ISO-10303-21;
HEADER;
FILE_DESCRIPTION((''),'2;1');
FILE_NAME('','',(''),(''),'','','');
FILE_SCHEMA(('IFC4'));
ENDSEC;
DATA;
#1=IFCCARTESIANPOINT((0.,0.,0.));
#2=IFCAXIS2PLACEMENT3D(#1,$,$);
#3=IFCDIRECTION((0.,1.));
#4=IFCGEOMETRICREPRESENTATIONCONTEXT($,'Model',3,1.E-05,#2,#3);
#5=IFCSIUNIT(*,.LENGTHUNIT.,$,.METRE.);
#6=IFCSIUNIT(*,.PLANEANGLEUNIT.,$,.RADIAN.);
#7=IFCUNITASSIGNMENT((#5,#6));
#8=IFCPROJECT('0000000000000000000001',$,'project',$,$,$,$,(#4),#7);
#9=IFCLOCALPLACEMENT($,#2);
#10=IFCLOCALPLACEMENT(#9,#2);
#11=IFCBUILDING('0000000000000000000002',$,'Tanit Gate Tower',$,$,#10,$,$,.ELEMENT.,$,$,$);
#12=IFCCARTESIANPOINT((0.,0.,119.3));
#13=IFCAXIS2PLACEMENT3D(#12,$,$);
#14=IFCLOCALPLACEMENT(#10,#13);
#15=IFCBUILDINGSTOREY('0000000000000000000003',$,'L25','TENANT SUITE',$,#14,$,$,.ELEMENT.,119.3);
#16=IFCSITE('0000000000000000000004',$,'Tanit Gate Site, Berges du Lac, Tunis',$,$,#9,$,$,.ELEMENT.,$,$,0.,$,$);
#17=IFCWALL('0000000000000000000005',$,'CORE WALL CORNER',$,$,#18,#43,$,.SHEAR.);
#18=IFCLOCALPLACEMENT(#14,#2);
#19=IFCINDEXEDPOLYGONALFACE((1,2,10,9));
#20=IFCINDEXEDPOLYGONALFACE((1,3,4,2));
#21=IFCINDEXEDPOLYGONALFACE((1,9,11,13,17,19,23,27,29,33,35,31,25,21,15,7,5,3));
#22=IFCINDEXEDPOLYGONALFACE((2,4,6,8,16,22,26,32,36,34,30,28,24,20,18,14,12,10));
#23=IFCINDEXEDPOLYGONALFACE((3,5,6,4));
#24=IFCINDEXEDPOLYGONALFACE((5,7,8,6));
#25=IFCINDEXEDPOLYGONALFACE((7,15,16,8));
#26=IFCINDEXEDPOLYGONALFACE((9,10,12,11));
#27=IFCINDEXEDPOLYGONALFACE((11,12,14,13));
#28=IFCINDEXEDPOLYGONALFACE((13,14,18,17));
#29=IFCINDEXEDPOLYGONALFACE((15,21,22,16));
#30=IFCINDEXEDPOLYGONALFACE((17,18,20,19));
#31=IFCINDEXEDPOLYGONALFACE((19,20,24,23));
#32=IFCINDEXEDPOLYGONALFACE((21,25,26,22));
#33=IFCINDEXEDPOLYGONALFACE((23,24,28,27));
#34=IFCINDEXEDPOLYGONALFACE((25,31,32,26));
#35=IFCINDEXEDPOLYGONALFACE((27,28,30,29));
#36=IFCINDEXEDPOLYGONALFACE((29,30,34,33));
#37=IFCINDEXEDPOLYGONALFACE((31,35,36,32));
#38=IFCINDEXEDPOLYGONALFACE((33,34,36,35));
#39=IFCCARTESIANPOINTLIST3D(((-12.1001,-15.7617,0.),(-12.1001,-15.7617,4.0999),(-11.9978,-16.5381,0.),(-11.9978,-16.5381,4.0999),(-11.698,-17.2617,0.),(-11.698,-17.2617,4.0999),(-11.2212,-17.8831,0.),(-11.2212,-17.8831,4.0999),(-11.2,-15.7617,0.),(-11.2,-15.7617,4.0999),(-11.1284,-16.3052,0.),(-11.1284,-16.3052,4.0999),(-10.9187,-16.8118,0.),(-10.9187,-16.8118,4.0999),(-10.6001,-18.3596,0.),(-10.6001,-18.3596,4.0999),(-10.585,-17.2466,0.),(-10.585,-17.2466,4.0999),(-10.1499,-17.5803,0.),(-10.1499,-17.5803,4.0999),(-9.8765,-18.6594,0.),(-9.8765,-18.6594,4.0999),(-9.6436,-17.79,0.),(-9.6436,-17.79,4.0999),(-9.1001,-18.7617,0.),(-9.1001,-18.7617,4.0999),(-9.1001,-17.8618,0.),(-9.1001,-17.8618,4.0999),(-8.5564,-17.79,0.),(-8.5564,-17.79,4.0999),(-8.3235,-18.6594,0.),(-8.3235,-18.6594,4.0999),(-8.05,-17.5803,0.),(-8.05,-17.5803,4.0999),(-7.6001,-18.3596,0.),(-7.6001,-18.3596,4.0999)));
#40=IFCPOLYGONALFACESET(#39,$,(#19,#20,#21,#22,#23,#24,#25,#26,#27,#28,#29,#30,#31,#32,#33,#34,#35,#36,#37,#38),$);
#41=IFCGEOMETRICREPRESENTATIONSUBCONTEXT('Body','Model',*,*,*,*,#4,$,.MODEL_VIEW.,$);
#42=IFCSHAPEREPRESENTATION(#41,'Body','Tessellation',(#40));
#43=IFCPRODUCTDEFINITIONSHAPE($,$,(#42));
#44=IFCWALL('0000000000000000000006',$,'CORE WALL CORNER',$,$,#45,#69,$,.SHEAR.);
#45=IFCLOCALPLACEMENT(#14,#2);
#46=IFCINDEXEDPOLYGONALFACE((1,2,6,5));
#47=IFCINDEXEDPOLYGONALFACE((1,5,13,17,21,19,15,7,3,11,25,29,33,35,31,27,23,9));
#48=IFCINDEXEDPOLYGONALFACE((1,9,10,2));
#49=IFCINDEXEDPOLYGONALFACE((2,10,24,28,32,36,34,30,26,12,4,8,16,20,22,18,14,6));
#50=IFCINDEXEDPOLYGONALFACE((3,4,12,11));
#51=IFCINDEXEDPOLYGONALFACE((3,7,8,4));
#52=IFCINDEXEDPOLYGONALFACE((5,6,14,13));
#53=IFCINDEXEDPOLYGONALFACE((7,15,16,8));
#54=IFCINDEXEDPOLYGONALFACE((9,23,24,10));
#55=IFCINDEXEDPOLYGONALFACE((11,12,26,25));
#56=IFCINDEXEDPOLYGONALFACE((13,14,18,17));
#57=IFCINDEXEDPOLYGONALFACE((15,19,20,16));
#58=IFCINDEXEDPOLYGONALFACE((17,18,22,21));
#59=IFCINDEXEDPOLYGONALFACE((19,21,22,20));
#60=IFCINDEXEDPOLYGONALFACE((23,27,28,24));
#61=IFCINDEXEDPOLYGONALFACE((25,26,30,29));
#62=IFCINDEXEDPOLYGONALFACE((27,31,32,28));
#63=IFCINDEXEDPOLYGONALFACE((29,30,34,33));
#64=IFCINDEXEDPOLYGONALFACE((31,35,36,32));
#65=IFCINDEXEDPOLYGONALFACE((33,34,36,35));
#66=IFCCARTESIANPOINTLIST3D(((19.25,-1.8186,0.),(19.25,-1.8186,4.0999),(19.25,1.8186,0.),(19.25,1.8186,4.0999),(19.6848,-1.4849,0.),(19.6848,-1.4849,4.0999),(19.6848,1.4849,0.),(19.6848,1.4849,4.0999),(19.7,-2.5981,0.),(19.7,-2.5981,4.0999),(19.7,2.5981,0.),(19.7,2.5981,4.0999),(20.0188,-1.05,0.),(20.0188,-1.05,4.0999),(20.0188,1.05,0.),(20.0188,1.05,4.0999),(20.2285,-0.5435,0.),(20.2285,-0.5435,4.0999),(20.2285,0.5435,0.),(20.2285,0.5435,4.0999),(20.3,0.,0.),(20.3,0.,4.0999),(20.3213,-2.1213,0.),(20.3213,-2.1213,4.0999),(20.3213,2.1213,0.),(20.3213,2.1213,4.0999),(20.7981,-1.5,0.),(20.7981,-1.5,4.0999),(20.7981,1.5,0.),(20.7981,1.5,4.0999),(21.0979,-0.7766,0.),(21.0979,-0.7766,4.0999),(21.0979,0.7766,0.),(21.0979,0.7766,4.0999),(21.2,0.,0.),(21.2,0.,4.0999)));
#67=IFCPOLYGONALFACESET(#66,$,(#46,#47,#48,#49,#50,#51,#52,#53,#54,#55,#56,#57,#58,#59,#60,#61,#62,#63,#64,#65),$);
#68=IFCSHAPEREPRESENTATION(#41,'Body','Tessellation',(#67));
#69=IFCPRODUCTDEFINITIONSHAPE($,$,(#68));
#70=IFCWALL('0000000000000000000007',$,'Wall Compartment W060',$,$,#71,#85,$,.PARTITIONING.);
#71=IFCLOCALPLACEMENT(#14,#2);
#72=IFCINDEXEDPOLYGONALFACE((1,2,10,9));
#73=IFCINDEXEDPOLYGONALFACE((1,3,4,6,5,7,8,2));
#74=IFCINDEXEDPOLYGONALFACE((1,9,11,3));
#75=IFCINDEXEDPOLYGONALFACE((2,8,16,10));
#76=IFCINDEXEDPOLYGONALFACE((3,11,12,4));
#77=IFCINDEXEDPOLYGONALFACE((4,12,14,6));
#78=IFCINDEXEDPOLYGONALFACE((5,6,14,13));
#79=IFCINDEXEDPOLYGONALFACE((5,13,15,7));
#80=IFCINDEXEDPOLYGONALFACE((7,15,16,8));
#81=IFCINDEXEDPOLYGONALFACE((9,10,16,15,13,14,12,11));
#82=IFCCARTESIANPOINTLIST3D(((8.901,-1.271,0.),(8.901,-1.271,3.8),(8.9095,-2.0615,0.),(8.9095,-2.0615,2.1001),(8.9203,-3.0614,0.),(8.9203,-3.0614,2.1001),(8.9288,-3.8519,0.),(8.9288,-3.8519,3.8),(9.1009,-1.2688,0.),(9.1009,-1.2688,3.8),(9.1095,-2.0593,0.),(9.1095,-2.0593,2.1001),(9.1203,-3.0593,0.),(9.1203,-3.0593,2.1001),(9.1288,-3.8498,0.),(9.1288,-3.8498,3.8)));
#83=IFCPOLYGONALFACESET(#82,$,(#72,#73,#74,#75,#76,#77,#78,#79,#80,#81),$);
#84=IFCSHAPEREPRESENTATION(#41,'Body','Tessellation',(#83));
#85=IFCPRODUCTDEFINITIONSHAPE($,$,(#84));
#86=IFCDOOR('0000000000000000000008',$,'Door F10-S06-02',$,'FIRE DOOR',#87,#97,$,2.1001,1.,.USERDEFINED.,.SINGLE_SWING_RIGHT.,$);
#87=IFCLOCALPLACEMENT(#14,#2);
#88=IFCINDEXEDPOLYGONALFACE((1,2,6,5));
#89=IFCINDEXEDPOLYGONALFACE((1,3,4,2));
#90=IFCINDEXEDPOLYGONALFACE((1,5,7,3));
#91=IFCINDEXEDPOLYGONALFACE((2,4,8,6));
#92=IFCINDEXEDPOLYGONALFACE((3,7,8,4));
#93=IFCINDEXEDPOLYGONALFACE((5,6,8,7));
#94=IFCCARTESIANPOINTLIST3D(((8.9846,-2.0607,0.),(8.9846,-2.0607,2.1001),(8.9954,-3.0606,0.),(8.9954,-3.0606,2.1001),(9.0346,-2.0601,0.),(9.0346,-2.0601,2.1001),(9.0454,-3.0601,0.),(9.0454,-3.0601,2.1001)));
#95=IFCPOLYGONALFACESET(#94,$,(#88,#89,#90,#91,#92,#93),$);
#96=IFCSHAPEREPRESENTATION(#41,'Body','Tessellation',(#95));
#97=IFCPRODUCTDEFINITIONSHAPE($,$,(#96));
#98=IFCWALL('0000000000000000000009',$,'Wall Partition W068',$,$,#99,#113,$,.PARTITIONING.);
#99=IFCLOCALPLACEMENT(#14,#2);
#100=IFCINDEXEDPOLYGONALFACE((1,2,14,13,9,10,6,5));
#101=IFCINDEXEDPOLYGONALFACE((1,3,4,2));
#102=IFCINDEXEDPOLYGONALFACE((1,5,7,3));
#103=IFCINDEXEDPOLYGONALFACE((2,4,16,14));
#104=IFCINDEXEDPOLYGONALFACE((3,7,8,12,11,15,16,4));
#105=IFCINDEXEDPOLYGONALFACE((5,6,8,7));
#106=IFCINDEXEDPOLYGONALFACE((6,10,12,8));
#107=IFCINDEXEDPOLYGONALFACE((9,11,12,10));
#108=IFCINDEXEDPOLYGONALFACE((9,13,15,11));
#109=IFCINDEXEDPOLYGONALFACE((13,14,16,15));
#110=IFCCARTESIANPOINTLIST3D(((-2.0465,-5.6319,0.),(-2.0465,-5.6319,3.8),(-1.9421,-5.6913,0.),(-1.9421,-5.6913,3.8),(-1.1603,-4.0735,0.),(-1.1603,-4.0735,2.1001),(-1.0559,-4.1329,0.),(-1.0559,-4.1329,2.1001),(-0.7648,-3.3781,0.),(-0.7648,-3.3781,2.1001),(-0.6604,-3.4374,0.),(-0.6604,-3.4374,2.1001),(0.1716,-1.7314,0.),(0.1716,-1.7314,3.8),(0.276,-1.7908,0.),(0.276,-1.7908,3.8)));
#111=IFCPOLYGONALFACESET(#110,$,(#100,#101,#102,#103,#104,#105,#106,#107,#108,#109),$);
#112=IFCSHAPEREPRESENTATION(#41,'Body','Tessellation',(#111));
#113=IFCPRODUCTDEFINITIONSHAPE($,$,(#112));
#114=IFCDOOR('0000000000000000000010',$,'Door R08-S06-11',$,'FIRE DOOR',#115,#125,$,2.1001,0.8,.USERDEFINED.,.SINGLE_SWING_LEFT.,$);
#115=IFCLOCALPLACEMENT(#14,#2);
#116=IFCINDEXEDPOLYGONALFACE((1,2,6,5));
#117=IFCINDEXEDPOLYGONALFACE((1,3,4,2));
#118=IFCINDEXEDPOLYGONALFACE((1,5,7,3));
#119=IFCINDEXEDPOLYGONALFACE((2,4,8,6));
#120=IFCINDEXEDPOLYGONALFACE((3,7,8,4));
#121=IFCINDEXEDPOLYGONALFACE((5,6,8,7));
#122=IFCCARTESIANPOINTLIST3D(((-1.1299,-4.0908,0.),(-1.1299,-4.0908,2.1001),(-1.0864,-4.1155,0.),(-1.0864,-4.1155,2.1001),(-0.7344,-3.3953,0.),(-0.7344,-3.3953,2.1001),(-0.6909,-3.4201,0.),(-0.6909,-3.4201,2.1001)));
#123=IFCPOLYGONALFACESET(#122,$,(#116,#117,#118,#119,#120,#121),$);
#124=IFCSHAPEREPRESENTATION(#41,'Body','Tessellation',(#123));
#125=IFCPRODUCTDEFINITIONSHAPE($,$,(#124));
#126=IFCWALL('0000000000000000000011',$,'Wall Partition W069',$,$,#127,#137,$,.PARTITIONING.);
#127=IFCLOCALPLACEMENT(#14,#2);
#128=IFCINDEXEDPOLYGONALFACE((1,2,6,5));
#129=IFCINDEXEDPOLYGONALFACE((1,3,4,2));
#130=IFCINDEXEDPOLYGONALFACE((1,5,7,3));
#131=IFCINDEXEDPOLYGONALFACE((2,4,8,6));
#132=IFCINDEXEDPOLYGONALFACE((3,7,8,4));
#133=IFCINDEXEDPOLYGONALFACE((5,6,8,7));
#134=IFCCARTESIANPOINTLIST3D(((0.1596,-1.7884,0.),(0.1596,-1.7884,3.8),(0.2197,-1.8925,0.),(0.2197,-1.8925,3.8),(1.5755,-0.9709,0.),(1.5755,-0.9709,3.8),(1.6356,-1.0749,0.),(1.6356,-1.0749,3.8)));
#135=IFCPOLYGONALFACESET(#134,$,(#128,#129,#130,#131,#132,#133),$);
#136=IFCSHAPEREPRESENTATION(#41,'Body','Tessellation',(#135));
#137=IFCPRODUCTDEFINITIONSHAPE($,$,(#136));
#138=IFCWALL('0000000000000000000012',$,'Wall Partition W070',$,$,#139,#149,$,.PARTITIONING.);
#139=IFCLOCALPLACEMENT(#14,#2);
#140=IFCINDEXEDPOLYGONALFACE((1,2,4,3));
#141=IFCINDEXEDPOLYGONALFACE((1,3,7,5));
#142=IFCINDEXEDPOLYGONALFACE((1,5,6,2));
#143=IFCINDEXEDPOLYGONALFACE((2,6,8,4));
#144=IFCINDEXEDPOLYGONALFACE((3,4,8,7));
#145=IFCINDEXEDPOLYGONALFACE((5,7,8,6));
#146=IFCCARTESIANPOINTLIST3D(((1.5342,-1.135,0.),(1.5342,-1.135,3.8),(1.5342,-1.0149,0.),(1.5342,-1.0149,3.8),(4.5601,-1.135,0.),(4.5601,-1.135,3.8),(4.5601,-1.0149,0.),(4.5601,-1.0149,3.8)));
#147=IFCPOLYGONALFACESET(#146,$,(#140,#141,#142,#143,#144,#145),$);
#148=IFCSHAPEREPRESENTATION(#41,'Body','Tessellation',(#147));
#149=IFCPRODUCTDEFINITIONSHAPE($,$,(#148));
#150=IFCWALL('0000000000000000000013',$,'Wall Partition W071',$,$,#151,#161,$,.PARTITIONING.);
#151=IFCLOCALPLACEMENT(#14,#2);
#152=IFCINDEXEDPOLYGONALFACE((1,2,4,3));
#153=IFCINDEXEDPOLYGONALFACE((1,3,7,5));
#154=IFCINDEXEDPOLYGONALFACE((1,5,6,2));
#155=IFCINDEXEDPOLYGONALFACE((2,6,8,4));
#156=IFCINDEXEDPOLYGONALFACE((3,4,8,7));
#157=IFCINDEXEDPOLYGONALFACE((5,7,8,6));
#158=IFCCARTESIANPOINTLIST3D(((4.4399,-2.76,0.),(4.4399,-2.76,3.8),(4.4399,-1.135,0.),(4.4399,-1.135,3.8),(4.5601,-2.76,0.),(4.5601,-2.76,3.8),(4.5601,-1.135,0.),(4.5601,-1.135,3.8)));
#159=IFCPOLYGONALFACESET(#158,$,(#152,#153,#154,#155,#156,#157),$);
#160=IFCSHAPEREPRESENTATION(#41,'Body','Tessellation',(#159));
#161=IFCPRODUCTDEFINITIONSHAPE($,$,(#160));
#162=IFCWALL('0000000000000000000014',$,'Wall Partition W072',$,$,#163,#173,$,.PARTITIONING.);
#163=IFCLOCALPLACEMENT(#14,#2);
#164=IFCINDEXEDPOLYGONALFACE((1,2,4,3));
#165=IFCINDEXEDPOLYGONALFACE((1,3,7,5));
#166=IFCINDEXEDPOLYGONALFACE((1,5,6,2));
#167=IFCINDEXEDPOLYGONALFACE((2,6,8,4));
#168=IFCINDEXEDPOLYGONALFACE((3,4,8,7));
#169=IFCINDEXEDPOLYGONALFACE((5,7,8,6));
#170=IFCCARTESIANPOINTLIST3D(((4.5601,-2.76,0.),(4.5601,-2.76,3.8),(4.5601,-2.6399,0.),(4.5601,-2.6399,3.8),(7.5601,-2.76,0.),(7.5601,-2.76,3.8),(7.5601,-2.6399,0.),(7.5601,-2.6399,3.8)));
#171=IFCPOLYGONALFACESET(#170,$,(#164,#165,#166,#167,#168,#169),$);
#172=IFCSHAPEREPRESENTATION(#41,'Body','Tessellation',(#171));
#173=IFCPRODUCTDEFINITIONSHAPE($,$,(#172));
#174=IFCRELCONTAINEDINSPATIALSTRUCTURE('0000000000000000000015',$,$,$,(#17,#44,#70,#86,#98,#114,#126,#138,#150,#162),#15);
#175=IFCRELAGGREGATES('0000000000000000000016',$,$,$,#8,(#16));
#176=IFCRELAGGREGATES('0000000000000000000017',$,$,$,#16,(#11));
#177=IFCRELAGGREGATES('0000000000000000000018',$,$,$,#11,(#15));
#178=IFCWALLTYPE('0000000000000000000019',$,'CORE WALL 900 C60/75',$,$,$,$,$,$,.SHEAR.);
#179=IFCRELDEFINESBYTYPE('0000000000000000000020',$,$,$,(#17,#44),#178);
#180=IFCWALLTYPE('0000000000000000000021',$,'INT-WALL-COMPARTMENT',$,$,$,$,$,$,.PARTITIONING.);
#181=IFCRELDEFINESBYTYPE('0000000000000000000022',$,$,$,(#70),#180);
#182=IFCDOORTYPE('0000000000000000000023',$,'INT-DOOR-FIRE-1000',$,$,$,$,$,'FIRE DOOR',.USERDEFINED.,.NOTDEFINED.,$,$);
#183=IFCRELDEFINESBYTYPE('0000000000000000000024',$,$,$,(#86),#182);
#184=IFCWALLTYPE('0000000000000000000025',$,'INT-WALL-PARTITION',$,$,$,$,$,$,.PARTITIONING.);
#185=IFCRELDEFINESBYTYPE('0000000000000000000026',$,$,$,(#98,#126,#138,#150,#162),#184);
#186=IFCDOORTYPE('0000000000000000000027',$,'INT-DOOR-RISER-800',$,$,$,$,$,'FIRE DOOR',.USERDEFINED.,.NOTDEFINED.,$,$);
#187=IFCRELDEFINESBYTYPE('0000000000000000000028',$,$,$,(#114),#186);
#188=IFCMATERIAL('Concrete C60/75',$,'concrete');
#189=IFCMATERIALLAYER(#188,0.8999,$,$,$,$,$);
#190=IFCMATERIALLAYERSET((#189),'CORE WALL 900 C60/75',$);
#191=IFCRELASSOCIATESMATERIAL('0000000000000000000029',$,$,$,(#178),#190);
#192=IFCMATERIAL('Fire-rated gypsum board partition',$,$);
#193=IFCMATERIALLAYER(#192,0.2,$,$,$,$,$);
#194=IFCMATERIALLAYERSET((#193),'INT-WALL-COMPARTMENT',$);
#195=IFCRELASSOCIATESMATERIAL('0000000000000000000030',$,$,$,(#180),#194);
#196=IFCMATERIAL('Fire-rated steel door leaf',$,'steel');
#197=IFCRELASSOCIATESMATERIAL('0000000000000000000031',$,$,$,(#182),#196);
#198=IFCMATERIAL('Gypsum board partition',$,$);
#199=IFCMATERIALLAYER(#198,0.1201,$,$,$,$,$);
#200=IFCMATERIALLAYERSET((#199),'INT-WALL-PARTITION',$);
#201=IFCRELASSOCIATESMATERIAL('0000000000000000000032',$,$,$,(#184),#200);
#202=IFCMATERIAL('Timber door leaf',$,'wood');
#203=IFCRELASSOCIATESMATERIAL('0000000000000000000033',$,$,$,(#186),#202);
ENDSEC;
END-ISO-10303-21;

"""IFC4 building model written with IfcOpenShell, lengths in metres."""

from ifc_helpers import new_model, si_unit, direction, frame, frame_2d, origin, place, context, subcontext, project, spatial, polyline, rectangle, outline, extrude, material, layer, layer_set, type_object, element, fill, save


model = new_model("IFC4")

# Units and contexts
model_context = context("Model", 3, precision=1e-05, world=origin(), true_north=direction((0.0, 1.0)))
body_context = subcontext(model_context, "Body", "Model", "MODEL_VIEW")
ifc_project = project(units=[si_unit("LENGTHUNIT", "METRE"), si_unit("PLANEANGLEUNIT", "RADIAN")], contexts=[model_context])

# Site, building, storey
site_placement = place(None, origin())
site = spatial("IfcSite", under=ifc_project, at=site_placement, Name="Tanit Gate Site, Berges du Lac, Tunis", CompositionType="ELEMENT", RefElevation=0.0)
building_placement = place(site_placement, origin())
building = spatial("IfcBuilding", under=site, at=building_placement, Name="Tanit Gate Tower", CompositionType="ELEMENT")
storey_placement = place(building_placement, frame((0.0, 0.0, 119.3)))
storey = spatial("IfcBuildingStorey", under=building, at=storey_placement, Name="L25", Description="TENANT SUITE", CompositionType="ELEMENT", Elevation=119.3)

# Walls
ifc_material_1 = material(Name="Concrete C60/75", Category="concrete")
ifc_layer_1 = layer(ifc_material_1, 0.8999)
ifc_layer_set_1 = layer_set([ifc_layer_1], Name="CORE WALL 900 C60/75")
wall_type_1 = type_object("IfcWallType", Name="CORE WALL 900 C60/75", PredefinedType="SHEAR", material=ifc_layer_set_1)
wall_1_placement = place(storey_placement, origin())
element("IfcWall", 1, at=wall_1_placement, inside=storey, type_object=wall_type_1, Name="CORE WALL CORNER", PredefinedType="SHEAR", context=body_context, shape_type="SweptSolid", body=[
    extrude(outline(polyline([(-12.1001, -15.7617), (-11.9978, -16.5381), (-11.698, -17.2617), (-11.2212, -17.8831), (-10.6001, -18.3596), (-9.8765, -18.6594), (-9.1001, -18.7617), (-8.3235, -18.6594), (-7.6001, -18.3596), (-8.05, -17.5803), (-8.5564, -17.79), (-9.1001, -17.8618), (-9.6436, -17.79), (-10.1499, -17.5803), (-10.585, -17.2466), (-10.9187, -16.8118), (-11.1284, -16.3052), (-11.2, -15.7617), (-12.1001, -15.7617)])), origin(), (0.0, 0.0, 1.0), 4.0999),
])
wall_2_placement = place(storey_placement, origin())
element("IfcWall", 2, at=wall_2_placement, inside=storey, type_object=wall_type_1, Name="CORE WALL CORNER", PredefinedType="SHEAR", context=body_context, shape_type="SweptSolid", body=[
    extrude(outline(polyline([(19.7, -2.5981), (20.3213, -2.1213), (20.7981, -1.5), (21.0979, -0.7766), (21.2, 0.0), (21.0979, 0.7766), (20.7981, 1.5), (20.3213, 2.1213), (19.7, 2.5981), (19.25, 1.8186), (19.6848, 1.4849), (20.0188, 1.05), (20.2285, 0.5435), (20.3, 0.0), (20.2285, -0.5435), (20.0188, -1.05), (19.6848, -1.4849), (19.25, -1.8186), (19.7, -2.5981)])), origin(), (0.0, 0.0, 1.0), 4.0999),
])

# Walls, openings, doors
ifc_material_2 = material(Name="Fire-rated gypsum board partition")
ifc_layer_2 = layer(ifc_material_2, 0.2)
ifc_layer_set_2 = layer_set([ifc_layer_2], Name="INT-WALL-COMPARTMENT")
wall_type_2 = type_object("IfcWallType", Name="INT-WALL-COMPARTMENT", PredefinedType="PARTITIONING", material=ifc_layer_set_2)
wall_3_placement = place(storey_placement, frame((9.0288, -3.8508, 0.0), z_axis=(0.0, 0.0, 1.0), x_axis=(-0.010784, 0.999942, 0.0)))
wall_3 = element("IfcWall", 3, at=wall_3_placement, inside=storey, type_object=wall_type_2, Name="Wall Compartment W060", PredefinedType="PARTITIONING", context=body_context, shape_type="SweptSolid", body=[
    extrude(rectangle(XDim=2.5811, YDim=0.2, at=frame_2d((1.2905, 0.0))), origin(), (0.0, 0.0, 1.0), 3.8),
])
opening_1_placement = place(wall_3_placement, frame((0.7905, 0.0, 0.0)))
opening_1 = element("IfcOpeningElement", 4, at=opening_1_placement, cuts=wall_3, PredefinedType="OPENING", context=body_context, shape_type="SweptSolid", body=[
    extrude(rectangle(XDim=1.0, YDim=2.1001, at=frame_2d((0.5, 1.05))), frame((0.0, 0.1099, 0.0), z_axis=(0.0, -1.0, 0.0), x_axis=(1.0, 0.0, 0.0)), (0.0, 0.0, 1.0), 0.22),
])
ifc_material_3 = material(Name="Fire-rated steel door leaf", Category="steel")
door_type_1 = type_object("IfcDoorType", Name="INT-DOOR-FIRE-1000", ElementType="FIRE DOOR", OperationType="NOTDEFINED", PredefinedType="USERDEFINED", material=ifc_material_3)
door_1_placement = place(opening_1_placement, origin())
door_1 = element("IfcDoor", 5, at=door_1_placement, inside=storey, type_object=door_type_1, Name="Door F10-S06-02", ObjectType="FIRE DOOR", OperationType="SINGLE_SWING_RIGHT", OverallHeight=2.1001, OverallWidth=1.0, PredefinedType="USERDEFINED", context=body_context, shape_type="SweptSolid", body=[
    extrude(rectangle(XDim=1.0, YDim=2.1001, at=frame_2d((0.5, 1.05))), frame((0.0, 0.0249, 0.0), z_axis=(0.0, -1.0, 0.0), x_axis=(1.0, 0.0, 0.0)), (0.0, 0.0, 1.0), 0.05),
])
fill(opening_1, door_1)
ifc_material_4 = material(Name="Gypsum board partition")
ifc_layer_3 = layer(ifc_material_4, 0.1201)
ifc_layer_set_3 = layer_set([ifc_layer_3], Name="INT-WALL-PARTITION")
wall_type_3 = type_object("IfcWallType", Name="INT-WALL-PARTITION", PredefinedType="PARTITIONING", material=ifc_layer_set_3)
wall_4_placement = place(storey_placement, frame((0.2239, -1.761, 0.0), z_axis=(0.0, 0.0, 1.0), x_axis=(-0.494327, -0.869276, 0.0)))
wall_4 = element("IfcWall", 6, at=wall_4_placement, inside=storey, type_object=wall_type_3, Name="Wall Partition W068", PredefinedType="PARTITIONING", context=body_context, shape_type="SweptSolid", body=[
    extrude(rectangle(XDim=4.4871, YDim=0.1201, at=frame_2d((2.2437, 0.0))), origin(), (0.0, 0.0, 1.0), 3.8),
])
opening_2_placement = place(wall_4_placement, frame((1.8945, 0.0, 0.0)))
opening_2 = element("IfcOpeningElement", 7, at=opening_2_placement, cuts=wall_4, PredefinedType="OPENING", context=body_context, shape_type="SweptSolid", body=[
    extrude(rectangle(XDim=0.8, YDim=2.1001, at=frame_2d((0.3999, 1.05))), frame((0.0, 0.0701, 0.0), z_axis=(0.0, -1.0, 0.0), x_axis=(1.0, 0.0, 0.0)), (0.0, 0.0, 1.0), 0.1401),
])
ifc_material_5 = material(Name="Timber door leaf", Category="wood")
door_type_2 = type_object("IfcDoorType", Name="INT-DOOR-RISER-800", ElementType="FIRE DOOR", OperationType="NOTDEFINED", PredefinedType="USERDEFINED", material=ifc_material_5)
door_2_placement = place(opening_2_placement, origin())
door_2 = element("IfcDoor", 8, at=door_2_placement, inside=storey, type_object=door_type_2, Name="Door R08-S06-11", ObjectType="FIRE DOOR", OperationType="SINGLE_SWING_LEFT", OverallHeight=2.1001, OverallWidth=0.8, PredefinedType="USERDEFINED", context=body_context, shape_type="SweptSolid", body=[
    extrude(rectangle(XDim=0.8, YDim=2.1001, at=frame_2d((0.3999, 1.05))), frame((0.0, 0.0249, 0.0), z_axis=(0.0, -1.0, 0.0), x_axis=(1.0, 0.0, 0.0)), (0.0, 0.0, 1.0), 0.05),
])
fill(opening_2, door_2)

# Walls
wall_5_placement = place(storey_placement, frame((1.6055, -1.0229, 0.0), z_axis=(0.0, 0.0, 1.0), x_axis=(-0.866002, -0.500041, 0.0)))
element("IfcWall", 9, at=wall_5_placement, inside=storey, type_object=wall_type_3, Name="Wall Partition W069", PredefinedType="PARTITIONING", context=body_context, shape_type="SweptSolid", body=[
    extrude(rectangle(XDim=1.635, YDim=0.1201, at=frame_2d((0.8174, 0.0))), origin(), (0.0, 0.0, 1.0), 3.8),
])
wall_6_placement = place(storey_placement, frame((4.5601, -1.075, 0.0), z_axis=(0.0, 0.0, 1.0), x_axis=(-1.0, 0.0, 0.0)))
element("IfcWall", 10, at=wall_6_placement, inside=storey, type_object=wall_type_3, Name="Wall Partition W070", PredefinedType="PARTITIONING", context=body_context, shape_type="SweptSolid", body=[
    extrude(rectangle(XDim=3.0259, YDim=0.1201, at=frame_2d((1.5129, 0.0))), origin(), (0.0, 0.0, 1.0), 3.8),
])
wall_7_placement = place(storey_placement, frame((4.5, -2.76, 0.0), z_axis=(0.0, 0.0, 1.0), x_axis=(0.0, 1.0, 0.0)))
element("IfcWall", 11, at=wall_7_placement, inside=storey, type_object=wall_type_3, Name="Wall Partition W071", PredefinedType="PARTITIONING", context=body_context, shape_type="SweptSolid", body=[
    extrude(rectangle(XDim=1.625, YDim=0.1201, at=frame_2d((0.8125, 0.0))), origin(), (0.0, 0.0, 1.0), 3.8),
])
wall_8_placement = place(storey_placement, frame((7.5601, -2.7, 0.0), z_axis=(0.0, 0.0, 1.0), x_axis=(-1.0, 0.0, 0.0)))
element("IfcWall", 12, at=wall_8_placement, inside=storey, type_object=wall_type_3, Name="Wall Partition W072", PredefinedType="PARTITIONING", context=body_context, shape_type="SweptSolid", body=[
    extrude(rectangle(XDim=3.0, YDim=0.1201, at=frame_2d((1.5, 0.0))), origin(), (0.0, 0.0, 1.0), 3.8),
])

save(model, "model.ifc")
